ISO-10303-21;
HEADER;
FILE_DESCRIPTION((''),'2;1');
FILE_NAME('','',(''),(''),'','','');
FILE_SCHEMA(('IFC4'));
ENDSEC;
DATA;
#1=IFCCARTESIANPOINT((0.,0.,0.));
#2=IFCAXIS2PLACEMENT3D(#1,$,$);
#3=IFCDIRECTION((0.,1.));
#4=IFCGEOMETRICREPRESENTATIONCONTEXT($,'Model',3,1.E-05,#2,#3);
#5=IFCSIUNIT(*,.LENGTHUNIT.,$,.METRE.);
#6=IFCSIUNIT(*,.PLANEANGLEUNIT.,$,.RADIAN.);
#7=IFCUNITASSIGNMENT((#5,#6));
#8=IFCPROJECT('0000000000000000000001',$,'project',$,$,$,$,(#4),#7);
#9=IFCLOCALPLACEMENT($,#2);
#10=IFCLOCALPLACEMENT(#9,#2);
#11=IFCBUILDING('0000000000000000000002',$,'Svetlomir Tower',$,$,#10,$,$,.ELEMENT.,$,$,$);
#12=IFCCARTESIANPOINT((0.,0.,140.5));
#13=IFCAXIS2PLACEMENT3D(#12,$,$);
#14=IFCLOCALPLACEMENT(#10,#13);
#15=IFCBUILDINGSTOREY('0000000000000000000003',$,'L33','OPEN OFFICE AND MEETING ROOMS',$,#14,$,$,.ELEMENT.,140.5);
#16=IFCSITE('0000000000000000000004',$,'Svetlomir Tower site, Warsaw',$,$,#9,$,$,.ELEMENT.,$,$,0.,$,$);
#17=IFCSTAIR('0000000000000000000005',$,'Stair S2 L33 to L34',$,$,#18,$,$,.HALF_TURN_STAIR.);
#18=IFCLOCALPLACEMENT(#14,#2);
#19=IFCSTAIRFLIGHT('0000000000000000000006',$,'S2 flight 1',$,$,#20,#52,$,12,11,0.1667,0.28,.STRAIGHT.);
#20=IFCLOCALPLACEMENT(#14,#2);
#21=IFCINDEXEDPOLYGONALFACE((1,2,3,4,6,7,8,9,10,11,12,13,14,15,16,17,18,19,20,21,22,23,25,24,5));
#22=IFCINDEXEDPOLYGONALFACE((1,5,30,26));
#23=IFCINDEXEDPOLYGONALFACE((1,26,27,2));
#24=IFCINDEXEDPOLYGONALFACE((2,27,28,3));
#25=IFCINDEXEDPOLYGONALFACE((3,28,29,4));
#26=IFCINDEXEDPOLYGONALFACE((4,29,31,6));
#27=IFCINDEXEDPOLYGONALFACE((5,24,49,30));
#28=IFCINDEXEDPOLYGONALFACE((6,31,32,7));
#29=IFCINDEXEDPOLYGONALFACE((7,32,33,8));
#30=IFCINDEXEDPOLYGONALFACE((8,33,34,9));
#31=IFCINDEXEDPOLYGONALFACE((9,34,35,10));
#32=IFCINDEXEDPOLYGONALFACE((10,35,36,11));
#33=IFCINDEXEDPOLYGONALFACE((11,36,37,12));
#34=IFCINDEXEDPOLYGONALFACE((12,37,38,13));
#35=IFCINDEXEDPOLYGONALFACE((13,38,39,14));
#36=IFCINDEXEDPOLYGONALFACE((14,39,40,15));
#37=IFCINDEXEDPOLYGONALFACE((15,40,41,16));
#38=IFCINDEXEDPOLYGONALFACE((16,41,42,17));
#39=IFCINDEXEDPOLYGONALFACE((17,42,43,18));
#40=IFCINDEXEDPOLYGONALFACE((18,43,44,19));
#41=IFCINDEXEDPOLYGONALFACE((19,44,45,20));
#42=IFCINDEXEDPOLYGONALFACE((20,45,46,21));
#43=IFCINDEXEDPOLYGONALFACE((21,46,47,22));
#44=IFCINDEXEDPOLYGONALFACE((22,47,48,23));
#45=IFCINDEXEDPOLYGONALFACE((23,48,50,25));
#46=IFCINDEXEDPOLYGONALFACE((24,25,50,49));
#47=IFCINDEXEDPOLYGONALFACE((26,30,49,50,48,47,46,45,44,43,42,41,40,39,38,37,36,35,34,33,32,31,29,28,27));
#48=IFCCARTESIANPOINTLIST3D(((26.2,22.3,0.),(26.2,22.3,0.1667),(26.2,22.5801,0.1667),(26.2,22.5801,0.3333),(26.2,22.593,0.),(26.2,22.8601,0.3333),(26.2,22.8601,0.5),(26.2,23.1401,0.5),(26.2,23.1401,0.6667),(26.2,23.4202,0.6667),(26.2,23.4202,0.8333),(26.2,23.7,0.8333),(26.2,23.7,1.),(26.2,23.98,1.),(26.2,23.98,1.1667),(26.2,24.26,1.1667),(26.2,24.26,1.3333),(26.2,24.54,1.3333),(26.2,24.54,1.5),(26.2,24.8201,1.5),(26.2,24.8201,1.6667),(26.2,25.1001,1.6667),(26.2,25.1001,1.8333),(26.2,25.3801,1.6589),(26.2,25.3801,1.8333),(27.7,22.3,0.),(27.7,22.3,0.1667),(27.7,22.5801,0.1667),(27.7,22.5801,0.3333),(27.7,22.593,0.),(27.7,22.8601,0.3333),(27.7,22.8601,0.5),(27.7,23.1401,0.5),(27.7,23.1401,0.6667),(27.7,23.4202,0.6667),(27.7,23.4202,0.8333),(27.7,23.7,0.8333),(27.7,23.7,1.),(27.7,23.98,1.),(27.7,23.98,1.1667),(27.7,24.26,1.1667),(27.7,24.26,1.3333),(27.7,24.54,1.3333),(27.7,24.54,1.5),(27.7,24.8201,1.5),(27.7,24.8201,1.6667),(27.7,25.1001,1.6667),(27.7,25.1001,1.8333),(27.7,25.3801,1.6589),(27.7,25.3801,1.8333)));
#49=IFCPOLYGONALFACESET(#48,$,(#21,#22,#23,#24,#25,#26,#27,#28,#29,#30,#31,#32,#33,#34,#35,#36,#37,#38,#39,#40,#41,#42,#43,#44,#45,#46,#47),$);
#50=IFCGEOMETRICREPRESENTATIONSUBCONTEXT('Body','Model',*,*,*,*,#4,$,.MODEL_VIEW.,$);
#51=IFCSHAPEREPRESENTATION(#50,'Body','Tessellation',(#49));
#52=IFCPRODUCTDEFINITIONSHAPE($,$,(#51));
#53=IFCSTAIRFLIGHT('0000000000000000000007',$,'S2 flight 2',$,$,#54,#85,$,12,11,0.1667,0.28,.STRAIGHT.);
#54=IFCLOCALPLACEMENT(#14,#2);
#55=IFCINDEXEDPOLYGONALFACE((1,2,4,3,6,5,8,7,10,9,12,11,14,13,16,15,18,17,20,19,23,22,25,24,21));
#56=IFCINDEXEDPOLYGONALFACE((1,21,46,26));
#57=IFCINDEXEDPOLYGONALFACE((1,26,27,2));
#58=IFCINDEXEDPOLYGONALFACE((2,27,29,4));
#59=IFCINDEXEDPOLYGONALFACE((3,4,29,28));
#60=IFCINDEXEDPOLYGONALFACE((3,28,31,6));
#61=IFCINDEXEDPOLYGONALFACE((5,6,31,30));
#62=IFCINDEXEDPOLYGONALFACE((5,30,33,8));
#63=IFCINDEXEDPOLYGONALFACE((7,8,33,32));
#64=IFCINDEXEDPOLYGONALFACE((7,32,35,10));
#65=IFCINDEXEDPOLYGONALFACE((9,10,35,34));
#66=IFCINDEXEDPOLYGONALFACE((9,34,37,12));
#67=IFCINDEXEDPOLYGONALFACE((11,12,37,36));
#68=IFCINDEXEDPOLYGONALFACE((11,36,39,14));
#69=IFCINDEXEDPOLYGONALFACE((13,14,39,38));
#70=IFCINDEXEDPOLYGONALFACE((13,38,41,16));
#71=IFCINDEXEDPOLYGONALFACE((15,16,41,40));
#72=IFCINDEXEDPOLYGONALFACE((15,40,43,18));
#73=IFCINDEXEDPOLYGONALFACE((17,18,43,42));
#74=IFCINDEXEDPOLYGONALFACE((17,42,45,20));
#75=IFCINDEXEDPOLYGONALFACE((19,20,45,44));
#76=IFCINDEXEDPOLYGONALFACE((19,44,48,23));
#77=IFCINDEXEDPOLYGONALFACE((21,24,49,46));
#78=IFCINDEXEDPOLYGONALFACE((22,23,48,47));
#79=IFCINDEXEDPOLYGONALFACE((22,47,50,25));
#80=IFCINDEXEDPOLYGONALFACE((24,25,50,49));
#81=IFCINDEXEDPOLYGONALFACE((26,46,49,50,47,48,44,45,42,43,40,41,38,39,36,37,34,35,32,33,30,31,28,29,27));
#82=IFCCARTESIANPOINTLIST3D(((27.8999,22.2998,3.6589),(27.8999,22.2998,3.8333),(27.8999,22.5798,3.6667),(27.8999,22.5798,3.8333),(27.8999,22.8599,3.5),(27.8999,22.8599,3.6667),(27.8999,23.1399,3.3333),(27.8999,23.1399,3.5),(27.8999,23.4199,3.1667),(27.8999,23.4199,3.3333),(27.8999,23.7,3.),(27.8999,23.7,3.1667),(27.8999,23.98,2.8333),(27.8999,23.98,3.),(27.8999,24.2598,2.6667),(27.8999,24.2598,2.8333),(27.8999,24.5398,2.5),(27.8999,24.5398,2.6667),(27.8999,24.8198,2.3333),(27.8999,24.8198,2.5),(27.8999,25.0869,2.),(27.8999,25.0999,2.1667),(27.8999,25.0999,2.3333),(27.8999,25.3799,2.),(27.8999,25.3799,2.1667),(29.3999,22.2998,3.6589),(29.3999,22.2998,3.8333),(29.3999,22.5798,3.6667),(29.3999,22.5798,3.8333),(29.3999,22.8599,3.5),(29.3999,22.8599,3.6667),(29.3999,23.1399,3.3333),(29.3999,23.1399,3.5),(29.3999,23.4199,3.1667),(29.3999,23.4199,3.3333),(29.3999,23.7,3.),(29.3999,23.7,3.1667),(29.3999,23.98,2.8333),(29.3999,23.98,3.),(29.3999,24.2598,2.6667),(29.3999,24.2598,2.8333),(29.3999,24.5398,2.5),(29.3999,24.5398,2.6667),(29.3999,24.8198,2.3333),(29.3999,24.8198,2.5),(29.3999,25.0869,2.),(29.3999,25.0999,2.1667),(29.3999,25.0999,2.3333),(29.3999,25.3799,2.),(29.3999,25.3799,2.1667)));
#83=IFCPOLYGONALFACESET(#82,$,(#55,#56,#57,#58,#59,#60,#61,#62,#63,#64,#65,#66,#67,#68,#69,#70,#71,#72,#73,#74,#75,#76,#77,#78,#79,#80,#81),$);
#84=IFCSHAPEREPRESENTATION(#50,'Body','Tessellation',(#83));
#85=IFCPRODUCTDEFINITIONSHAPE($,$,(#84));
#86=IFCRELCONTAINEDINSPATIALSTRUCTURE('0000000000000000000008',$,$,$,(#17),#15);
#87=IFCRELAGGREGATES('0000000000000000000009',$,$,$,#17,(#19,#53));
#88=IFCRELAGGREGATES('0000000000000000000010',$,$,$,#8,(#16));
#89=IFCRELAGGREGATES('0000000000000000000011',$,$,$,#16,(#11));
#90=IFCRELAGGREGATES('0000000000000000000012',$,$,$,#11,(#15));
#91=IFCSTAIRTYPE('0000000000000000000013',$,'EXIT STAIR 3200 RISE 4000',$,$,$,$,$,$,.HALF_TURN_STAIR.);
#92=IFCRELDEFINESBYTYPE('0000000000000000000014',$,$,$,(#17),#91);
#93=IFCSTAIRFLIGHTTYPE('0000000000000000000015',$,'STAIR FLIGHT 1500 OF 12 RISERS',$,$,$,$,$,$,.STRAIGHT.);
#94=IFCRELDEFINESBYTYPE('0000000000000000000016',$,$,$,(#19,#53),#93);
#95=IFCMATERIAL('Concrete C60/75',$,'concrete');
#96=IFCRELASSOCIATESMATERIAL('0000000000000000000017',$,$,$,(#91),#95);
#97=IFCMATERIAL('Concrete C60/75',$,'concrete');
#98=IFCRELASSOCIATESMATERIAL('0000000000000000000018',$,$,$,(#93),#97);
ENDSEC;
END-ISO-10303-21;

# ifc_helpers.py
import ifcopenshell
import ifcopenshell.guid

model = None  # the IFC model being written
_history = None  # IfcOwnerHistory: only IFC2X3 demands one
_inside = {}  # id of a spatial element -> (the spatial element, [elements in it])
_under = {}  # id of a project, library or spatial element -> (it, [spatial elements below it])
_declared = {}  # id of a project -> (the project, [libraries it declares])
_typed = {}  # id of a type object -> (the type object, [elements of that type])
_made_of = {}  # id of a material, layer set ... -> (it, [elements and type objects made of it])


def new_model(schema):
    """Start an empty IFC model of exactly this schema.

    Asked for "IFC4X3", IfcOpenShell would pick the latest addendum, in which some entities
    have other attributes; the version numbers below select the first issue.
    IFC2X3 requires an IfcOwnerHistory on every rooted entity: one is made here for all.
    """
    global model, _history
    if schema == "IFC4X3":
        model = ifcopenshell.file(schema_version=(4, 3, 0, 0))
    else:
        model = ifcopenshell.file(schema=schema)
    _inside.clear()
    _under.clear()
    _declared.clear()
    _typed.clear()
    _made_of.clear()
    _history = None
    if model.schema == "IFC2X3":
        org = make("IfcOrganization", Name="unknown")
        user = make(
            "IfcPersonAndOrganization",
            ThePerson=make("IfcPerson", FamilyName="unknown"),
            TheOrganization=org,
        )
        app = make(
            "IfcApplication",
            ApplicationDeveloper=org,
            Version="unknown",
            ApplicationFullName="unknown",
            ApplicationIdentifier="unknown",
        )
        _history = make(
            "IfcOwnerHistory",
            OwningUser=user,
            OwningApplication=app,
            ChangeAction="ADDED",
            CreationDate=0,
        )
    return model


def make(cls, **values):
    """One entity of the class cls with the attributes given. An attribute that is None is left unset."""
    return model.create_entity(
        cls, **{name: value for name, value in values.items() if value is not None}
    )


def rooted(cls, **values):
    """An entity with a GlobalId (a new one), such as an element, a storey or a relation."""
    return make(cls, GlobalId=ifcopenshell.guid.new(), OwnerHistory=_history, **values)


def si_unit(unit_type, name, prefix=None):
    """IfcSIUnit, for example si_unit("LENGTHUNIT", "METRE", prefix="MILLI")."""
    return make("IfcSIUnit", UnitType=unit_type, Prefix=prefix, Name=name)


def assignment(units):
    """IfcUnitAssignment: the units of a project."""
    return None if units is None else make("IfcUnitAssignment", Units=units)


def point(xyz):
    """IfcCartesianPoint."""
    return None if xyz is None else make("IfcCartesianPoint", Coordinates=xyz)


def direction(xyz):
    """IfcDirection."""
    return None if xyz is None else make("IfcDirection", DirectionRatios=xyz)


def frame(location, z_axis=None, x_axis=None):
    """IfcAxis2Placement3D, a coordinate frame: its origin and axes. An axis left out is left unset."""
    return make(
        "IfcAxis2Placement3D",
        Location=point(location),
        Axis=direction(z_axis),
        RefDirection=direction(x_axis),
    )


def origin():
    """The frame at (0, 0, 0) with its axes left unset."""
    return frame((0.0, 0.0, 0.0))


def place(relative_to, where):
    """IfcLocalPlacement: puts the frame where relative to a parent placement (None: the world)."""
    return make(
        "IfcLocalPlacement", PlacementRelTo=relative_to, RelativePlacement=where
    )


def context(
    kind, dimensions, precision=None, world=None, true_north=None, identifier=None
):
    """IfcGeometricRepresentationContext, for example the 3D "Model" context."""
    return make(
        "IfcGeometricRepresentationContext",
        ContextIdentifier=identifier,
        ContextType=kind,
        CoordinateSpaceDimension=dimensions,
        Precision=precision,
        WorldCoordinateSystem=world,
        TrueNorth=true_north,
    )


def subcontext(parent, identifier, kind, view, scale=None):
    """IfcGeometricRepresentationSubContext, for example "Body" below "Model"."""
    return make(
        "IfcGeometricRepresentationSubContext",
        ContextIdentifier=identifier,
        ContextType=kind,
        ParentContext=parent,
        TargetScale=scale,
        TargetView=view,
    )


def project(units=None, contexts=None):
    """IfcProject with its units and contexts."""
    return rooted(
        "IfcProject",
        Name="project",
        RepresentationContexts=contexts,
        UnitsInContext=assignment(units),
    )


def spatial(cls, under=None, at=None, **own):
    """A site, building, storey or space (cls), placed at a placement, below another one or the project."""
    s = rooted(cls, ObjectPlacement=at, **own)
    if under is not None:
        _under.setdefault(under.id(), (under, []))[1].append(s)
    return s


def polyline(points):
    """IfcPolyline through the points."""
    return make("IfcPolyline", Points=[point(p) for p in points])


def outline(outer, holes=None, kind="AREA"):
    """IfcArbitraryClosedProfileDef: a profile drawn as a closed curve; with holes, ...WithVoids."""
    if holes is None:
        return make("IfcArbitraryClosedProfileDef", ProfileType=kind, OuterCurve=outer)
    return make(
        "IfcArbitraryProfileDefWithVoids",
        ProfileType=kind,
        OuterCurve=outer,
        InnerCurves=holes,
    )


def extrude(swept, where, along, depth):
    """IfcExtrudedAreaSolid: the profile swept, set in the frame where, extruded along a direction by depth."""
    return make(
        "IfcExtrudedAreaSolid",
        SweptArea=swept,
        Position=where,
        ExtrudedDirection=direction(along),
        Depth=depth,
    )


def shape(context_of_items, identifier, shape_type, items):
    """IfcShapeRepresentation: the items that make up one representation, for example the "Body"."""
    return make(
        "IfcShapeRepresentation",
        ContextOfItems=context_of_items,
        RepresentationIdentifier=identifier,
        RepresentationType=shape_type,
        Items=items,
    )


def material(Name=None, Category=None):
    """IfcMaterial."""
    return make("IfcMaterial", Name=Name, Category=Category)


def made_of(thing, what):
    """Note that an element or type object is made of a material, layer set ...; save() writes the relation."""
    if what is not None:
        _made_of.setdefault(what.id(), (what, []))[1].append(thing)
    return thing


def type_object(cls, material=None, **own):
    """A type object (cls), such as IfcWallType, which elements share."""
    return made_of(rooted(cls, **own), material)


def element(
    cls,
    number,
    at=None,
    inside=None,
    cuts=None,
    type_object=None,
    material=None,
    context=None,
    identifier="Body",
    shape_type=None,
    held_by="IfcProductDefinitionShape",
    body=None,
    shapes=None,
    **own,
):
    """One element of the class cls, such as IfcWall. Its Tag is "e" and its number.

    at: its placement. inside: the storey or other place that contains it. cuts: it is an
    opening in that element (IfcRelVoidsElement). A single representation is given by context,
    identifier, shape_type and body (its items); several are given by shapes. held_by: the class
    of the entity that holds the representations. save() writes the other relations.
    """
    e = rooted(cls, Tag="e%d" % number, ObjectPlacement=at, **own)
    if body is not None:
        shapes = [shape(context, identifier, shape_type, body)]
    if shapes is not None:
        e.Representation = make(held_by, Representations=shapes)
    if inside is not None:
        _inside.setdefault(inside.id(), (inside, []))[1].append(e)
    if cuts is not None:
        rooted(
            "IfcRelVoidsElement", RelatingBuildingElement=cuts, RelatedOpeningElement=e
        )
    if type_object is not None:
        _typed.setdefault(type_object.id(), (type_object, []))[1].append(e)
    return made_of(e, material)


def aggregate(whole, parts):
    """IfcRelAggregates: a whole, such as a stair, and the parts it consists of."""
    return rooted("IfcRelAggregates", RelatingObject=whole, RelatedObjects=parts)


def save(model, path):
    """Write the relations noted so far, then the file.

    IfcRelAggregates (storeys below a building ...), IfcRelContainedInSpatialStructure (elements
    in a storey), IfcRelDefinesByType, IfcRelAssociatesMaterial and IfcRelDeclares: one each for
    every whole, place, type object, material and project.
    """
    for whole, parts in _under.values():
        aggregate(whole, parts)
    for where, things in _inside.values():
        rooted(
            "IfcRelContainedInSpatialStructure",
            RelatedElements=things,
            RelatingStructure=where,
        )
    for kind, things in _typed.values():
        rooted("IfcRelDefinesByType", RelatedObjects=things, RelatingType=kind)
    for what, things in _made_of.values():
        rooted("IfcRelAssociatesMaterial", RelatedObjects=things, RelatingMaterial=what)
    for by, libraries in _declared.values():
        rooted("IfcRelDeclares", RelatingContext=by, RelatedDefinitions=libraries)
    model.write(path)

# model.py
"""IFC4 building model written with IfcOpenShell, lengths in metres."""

from ifc_helpers import new_model, si_unit, direction, frame, origin, place, context, subcontext, project, spatial, polyline, outline, extrude, material, type_object, element, aggregate, save


model = new_model("IFC4")

# Units and contexts
model_context = context("Model", 3, precision=1e-05, world=origin(), true_north=direction((0.0, 1.0)))
body_context = subcontext(model_context, "Body", "Model", "MODEL_VIEW")
ifc_project = project(units=[si_unit("LENGTHUNIT", "METRE"), si_unit("PLANEANGLEUNIT", "RADIAN")], contexts=[model_context])

# Site, building, storey
site_placement = place(None, origin())
site = spatial("IfcSite", under=ifc_project, at=site_placement, Name="Svetlomir Tower site, Warsaw", CompositionType="ELEMENT", RefElevation=0.0)
building_placement = place(site_placement, origin())
building = spatial("IfcBuilding", under=site, at=building_placement, Name="Svetlomir Tower", CompositionType="ELEMENT")
storey_placement = place(building_placement, frame((0.0, 0.0, 140.5)))
storey = spatial("IfcBuildingStorey", under=building, at=storey_placement, Name="L33", Description="OPEN OFFICE AND MEETING ROOMS", CompositionType="ELEMENT", Elevation=140.5)

# Stair, stair flights
ifc_material_1 = material(Name="Concrete C60/75", Category="concrete")
stair_type = type_object("IfcStairType", Name="EXIT STAIR 3200 RISE 4000", PredefinedType="HALF_TURN_STAIR", material=ifc_material_1)
stair_placement = place(storey_placement, origin())
stair = element("IfcStair", 1, at=stair_placement, inside=storey, type_object=stair_type, Name="Stair S2 L33 to L34", PredefinedType="HALF_TURN_STAIR")
ifc_material_2 = material(Name="Concrete C60/75", Category="concrete")
stair_flight_type = type_object("IfcStairFlightType", Name="STAIR FLIGHT 1500 OF 12 RISERS", PredefinedType="STRAIGHT", material=ifc_material_2)
stair_flight_1_placement = place(storey_placement, frame((26.95, 22.3, 0.0), z_axis=(0.0, 0.0, 1.0), x_axis=(0.0, 1.0, 0.0)))
stair_flight_1 = element("IfcStairFlight", 2, at=stair_flight_1_placement, type_object=stair_flight_type, Name="S2 flight 1", NumberOfRisers=12, NumberOfTreads=11, PredefinedType="STRAIGHT", RiserHeight=0.1667, TreadLength=0.28, context=body_context, shape_type="SweptSolid", body=[
    extrude(outline(polyline([(0.0, 0.0), (0.0, 0.1667), (0.28, 0.1667), (0.28, 0.3333), (0.5601, 0.3333), (0.5601, 0.5), (0.8401, 0.5), (0.8401, 0.6667), (1.1201, 0.6667), (1.1201, 0.8333), (1.3999, 0.8333), (1.3999, 1.0), (1.6799, 1.0), (1.6799, 1.1667), (1.96, 1.1667), (1.96, 1.3333), (2.24, 1.3333), (2.24, 1.5), (2.52, 1.5), (2.52, 1.6667), (2.8, 1.6667), (2.8, 1.8333), (3.0801, 1.8333), (3.0801, 2.0), (3.0801, 1.6589), (0.293, 0.0), (0.0, 0.0)])), frame((0.0, 0.75, 0.0), z_axis=(0.0, -1.0, 0.0), x_axis=(1.0, 0.0, 0.0)), (0.0, 0.0, 1.0), 1.5),
])
stair_flight_2_placement = place(storey_placement, frame((28.6499, 25.3799, 2.0), z_axis=(0.0, 0.0, 1.0), x_axis=(0.0, -1.0, 0.0)))
stair_flight_2 = element("IfcStairFlight", 3, at=stair_flight_2_placement, type_object=stair_flight_type, Name="S2 flight 2", NumberOfRisers=12, NumberOfTreads=11, PredefinedType="STRAIGHT", RiserHeight=0.1667, TreadLength=0.28, context=body_context, shape_type="SweptSolid", body=[
    extrude(outline(polyline([(0.0, 0.0), (0.0, 0.1667), (0.28, 0.1667), (0.28, 0.3333), (0.5601, 0.3333), (0.5601, 0.5), (0.8401, 0.5), (0.8401, 0.6667), (1.1201, 0.6667), (1.1201, 0.8333), (1.3999, 0.8333), (1.3999, 1.0), (1.6799, 1.0), (1.6799, 1.1667), (1.96, 1.1667), (1.96, 1.3333), (2.24, 1.3333), (2.24, 1.5), (2.52, 1.5), (2.52, 1.6667), (2.8, 1.6667), (2.8, 1.8333), (3.0801, 1.8333), (3.0801, 2.0), (3.0801, 1.6589), (0.293, 0.0), (0.0, 0.0)])), frame((0.0, 0.75, 0.0), z_axis=(0.0, -1.0, 0.0), x_axis=(1.0, 0.0, 0.0)), (0.0, 0.0, 1.0), 1.5),
])
aggregate(stair, [stair_flight_1, stair_flight_2])

save(model, "model.ifc")
